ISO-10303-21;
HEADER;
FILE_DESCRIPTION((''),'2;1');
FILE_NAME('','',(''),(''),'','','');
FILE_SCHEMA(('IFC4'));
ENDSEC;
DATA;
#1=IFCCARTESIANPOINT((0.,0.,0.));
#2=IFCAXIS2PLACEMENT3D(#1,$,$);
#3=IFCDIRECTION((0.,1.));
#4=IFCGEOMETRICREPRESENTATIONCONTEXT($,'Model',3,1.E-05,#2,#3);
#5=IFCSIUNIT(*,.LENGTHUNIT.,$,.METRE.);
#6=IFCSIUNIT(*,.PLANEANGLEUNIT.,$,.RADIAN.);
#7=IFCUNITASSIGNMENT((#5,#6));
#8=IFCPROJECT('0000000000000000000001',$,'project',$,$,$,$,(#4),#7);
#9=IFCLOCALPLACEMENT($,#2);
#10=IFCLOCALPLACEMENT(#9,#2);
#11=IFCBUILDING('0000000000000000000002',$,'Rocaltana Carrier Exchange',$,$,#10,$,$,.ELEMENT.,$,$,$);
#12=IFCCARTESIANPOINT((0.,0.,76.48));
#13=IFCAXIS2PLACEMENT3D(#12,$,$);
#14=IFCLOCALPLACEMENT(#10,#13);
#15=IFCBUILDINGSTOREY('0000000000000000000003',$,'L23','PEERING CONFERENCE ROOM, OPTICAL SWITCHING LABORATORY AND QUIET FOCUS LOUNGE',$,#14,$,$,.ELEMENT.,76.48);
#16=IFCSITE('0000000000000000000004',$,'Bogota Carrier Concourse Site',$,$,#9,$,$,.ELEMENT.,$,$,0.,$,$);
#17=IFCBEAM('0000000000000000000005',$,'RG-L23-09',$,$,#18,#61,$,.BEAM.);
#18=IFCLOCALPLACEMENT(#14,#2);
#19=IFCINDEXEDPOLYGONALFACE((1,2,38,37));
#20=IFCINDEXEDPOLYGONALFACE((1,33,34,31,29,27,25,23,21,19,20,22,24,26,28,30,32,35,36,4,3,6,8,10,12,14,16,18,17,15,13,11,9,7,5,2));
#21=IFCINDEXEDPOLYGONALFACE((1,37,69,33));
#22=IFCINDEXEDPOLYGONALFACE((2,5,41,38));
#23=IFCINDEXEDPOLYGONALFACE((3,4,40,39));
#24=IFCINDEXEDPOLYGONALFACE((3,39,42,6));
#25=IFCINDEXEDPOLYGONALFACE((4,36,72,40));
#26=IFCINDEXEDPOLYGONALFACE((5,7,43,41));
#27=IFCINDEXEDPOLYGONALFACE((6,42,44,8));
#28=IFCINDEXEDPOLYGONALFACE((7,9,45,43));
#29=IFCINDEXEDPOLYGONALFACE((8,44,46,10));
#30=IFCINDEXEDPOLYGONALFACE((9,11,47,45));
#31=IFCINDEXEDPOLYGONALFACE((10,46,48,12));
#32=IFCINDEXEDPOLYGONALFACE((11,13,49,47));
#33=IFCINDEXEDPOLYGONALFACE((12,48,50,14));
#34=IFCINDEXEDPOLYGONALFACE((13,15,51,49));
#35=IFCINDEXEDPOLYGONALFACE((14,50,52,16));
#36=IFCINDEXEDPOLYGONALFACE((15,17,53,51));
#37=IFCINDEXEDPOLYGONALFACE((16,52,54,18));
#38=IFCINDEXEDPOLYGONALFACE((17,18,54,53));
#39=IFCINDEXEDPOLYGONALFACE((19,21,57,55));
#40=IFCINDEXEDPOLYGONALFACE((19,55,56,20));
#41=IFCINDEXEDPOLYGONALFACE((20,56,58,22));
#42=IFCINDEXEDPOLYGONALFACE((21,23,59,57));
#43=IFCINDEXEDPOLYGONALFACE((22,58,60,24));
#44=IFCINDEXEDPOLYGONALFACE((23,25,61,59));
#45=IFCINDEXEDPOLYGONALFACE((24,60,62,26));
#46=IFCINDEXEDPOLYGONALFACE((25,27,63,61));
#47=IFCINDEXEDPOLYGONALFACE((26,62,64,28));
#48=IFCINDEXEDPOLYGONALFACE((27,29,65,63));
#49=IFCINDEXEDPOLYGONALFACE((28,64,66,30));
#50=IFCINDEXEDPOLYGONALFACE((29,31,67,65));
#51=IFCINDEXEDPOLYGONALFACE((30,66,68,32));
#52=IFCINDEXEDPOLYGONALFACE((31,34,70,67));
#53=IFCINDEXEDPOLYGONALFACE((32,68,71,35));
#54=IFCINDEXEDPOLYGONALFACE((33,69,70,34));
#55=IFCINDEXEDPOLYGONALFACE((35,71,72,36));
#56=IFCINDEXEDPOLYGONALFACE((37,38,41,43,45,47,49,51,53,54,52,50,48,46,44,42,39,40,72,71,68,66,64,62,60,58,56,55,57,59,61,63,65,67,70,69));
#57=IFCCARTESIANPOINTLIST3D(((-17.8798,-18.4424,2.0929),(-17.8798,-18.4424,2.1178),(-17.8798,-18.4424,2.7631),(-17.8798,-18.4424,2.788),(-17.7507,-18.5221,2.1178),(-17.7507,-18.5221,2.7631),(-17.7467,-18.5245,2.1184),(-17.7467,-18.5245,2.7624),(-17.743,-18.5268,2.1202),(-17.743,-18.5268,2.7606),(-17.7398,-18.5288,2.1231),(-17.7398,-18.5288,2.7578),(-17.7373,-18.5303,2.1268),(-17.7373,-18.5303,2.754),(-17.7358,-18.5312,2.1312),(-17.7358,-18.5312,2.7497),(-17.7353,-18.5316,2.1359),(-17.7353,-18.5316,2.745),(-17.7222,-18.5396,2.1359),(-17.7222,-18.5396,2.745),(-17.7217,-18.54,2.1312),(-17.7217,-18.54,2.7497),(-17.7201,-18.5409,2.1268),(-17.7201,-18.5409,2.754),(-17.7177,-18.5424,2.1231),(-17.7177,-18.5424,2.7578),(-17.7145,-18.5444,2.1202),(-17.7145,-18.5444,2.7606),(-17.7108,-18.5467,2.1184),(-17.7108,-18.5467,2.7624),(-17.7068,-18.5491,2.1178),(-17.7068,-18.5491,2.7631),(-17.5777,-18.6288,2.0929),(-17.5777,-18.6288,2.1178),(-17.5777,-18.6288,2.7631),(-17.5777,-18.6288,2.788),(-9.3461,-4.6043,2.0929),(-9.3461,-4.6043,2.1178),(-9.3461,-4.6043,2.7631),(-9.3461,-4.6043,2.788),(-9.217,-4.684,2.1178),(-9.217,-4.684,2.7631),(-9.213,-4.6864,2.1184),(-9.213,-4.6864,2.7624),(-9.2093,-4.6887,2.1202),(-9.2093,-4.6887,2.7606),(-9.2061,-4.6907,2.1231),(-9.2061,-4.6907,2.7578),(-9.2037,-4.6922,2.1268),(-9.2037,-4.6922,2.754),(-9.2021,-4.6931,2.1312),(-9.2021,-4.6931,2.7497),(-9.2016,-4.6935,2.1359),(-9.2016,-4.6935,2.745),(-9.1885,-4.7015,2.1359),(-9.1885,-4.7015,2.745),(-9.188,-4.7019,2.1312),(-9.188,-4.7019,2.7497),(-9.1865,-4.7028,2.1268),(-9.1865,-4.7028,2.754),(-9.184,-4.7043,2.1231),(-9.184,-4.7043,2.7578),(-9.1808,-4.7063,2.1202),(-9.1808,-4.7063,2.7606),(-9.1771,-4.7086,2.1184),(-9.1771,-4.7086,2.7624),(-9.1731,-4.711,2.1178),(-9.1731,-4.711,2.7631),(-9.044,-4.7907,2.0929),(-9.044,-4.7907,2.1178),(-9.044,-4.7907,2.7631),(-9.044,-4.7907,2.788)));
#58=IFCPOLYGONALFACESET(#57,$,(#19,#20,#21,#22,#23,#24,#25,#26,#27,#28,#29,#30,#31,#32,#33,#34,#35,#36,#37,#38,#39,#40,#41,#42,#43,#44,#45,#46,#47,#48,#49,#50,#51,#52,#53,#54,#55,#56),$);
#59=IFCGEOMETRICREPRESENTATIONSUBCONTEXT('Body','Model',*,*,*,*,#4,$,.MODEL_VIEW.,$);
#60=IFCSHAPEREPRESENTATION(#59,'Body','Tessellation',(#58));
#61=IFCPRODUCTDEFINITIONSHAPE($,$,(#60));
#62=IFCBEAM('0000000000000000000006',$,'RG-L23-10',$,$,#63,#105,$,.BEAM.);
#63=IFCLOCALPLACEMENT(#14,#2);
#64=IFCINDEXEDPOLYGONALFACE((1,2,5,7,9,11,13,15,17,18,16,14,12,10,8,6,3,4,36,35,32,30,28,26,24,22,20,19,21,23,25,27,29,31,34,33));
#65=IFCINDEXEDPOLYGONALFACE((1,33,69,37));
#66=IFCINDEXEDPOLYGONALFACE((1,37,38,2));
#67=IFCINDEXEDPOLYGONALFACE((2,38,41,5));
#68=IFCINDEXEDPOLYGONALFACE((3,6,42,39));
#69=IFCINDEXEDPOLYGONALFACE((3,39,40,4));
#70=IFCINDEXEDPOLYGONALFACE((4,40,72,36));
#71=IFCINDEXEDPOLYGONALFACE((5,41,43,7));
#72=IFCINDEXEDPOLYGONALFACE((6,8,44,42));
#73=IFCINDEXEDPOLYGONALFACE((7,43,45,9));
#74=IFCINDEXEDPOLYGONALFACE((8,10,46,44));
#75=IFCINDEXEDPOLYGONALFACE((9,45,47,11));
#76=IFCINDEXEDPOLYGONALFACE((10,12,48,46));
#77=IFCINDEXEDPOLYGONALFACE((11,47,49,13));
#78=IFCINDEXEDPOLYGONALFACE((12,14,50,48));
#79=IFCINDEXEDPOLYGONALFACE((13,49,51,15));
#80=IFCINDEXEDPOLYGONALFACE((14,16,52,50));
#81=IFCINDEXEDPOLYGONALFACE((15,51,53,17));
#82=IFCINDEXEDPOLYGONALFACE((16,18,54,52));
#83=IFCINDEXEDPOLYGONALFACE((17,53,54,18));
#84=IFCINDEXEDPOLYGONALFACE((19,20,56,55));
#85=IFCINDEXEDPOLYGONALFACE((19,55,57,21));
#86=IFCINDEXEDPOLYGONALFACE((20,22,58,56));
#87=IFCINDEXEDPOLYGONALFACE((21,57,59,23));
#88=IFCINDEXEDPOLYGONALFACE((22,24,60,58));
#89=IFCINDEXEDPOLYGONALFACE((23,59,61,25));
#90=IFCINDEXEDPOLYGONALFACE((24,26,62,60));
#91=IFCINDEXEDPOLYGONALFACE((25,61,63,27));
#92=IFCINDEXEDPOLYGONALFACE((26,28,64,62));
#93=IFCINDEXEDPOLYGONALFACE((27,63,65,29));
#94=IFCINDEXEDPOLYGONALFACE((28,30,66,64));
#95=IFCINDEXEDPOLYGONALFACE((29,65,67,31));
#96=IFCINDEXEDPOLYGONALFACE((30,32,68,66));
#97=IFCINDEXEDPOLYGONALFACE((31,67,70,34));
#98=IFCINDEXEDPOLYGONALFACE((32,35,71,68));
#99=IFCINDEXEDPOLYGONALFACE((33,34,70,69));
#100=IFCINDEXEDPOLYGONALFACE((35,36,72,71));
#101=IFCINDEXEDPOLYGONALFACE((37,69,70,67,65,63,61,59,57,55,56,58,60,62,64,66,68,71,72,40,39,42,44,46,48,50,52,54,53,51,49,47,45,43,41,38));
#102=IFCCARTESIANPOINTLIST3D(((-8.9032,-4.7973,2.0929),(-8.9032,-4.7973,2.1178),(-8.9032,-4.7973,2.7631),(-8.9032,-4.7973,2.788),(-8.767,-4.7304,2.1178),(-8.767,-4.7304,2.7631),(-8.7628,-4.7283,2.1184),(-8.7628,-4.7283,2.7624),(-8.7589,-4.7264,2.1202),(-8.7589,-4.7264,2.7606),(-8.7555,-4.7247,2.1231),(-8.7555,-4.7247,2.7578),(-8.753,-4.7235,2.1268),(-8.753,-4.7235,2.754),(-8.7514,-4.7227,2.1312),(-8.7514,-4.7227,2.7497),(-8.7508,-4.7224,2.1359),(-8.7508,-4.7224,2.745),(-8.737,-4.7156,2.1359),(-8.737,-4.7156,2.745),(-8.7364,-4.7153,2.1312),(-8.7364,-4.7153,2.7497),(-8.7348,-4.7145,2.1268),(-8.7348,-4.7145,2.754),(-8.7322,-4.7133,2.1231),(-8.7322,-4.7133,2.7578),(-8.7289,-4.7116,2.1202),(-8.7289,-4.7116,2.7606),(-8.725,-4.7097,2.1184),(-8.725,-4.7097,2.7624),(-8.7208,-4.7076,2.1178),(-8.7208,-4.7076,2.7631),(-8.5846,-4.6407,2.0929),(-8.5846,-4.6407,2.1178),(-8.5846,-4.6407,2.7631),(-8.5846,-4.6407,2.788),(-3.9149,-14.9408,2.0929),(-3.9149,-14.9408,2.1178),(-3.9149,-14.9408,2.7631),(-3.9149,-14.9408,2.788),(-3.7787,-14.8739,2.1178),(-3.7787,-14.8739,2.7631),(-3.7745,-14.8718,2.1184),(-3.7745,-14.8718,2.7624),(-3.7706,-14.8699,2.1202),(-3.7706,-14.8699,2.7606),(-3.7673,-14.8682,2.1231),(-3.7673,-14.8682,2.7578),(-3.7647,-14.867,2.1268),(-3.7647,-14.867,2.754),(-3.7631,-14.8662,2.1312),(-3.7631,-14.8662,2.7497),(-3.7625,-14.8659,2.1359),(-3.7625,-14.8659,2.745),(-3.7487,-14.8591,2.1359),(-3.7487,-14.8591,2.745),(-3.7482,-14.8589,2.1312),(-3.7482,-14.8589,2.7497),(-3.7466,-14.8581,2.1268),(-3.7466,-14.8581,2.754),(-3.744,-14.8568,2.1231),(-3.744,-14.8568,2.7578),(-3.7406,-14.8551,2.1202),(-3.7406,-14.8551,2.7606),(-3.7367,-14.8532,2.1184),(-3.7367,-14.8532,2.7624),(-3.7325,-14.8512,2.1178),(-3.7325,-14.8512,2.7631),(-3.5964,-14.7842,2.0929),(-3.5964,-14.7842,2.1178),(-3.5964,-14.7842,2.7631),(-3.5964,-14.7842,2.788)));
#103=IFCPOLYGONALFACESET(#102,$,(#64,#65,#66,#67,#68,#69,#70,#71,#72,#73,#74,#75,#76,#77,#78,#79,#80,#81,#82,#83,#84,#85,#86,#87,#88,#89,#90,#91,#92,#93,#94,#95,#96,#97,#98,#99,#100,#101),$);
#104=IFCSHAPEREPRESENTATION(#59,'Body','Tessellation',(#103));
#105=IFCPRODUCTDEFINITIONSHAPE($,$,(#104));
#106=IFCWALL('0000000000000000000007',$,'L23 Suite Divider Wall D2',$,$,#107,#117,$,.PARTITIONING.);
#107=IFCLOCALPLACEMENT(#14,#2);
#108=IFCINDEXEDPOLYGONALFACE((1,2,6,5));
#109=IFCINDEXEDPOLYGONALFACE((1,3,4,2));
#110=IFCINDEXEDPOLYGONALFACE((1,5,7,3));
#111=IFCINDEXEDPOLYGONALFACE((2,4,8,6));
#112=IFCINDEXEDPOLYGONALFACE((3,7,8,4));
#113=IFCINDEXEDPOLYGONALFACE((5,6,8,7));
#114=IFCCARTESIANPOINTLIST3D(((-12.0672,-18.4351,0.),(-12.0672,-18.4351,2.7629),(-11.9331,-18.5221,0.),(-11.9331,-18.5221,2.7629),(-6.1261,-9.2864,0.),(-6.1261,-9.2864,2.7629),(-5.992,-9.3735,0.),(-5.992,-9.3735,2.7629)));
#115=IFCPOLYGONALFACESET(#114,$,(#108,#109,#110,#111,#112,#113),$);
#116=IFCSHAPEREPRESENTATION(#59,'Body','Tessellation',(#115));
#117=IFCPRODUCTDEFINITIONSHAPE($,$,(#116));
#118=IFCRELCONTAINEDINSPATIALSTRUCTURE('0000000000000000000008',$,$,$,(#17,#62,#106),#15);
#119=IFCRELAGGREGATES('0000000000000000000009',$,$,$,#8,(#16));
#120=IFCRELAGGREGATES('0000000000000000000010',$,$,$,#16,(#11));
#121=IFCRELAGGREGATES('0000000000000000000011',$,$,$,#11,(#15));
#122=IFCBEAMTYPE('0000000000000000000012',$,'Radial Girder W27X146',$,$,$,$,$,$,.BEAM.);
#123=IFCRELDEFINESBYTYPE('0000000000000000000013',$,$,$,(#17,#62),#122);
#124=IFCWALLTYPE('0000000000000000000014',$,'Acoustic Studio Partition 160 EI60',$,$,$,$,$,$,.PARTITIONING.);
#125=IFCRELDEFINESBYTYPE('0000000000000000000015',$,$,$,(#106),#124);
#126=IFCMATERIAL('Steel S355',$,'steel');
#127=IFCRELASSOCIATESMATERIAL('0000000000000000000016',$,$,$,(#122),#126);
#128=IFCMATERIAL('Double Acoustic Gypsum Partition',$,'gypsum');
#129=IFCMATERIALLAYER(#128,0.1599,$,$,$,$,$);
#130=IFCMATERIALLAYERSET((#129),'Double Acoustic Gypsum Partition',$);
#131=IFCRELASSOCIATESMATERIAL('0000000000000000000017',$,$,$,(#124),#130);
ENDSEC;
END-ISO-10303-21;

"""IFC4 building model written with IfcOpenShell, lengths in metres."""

from ifc_helpers import new_model, si_unit, direction, frame, frame_2d, origin, origin_2d, place, context, subcontext, project, spatial, rectangle, i_section, extrude, material, layer, layer_set, material_profile, profile_set, type_object, element, save


model = new_model("IFC4")

# Units and contexts
model_context = context("Model", 3, precision=1e-05, world=origin(), true_north=direction((0.0, 1.0)))
body_context = subcontext(model_context, "Body", "Model", "MODEL_VIEW")
ifc_project = project(units=[si_unit("LENGTHUNIT", "METRE"), si_unit("PLANEANGLEUNIT", "RADIAN")], contexts=[model_context])

# Site, building, storey
site_placement = place(None, origin())
site = spatial("IfcSite", under=ifc_project, at=site_placement, Name="Bogota Carrier Concourse Site", CompositionType="ELEMENT", RefElevation=0.0)
building_placement = place(site_placement, origin())
building = spatial("IfcBuilding", under=site, at=building_placement, Name="Rocaltana Carrier Exchange", CompositionType="ELEMENT")
storey_placement = place(building_placement, frame((0.0, 0.0, 76.48)))
storey = spatial("IfcBuildingStorey", under=building, at=storey_placement, Name="L23", Description="PEERING CONFERENCE ROOM, OPTICAL SWITCHING LABORATORY AND QUIET FOCUS LOUNGE", CompositionType="ELEMENT", Elevation=76.48)

# Beams
ifc_material_1 = material(Name="Steel S355", Category="steel")
ifc_material_profile_1 = material_profile(ifc_material_1, i_section(OverallWidth=0.355, OverallDepth=0.6951, WebThickness=0.0154, FlangeThickness=0.0249, FilletRadius=0.0181, at=origin_2d()), Name="W27X146")
ifc_profile_set_1 = profile_set([ifc_material_profile_1], Name="Steel S355")
beam_type = type_object("IfcBeamType", Name="Radial Girder W27X146", PredefinedType="BEAM", material=ifc_profile_set_1)
beam_1_placement = place(storey_placement, frame((-9.1951, -4.6975, 2.4404), z_axis=(-0.524896, -0.851166, 0.0), x_axis=(0.851166, -0.524896, 0.0)))
element("IfcBeam", 1, at=beam_1_placement, inside=storey, type_object=beam_type, Name="RG-L23-09", PredefinedType="BEAM", context=body_context, shape_type="SweptSolid", body=[
    extrude(i_section(OverallWidth=0.355, OverallDepth=0.6951, WebThickness=0.0154, FlangeThickness=0.0249, FilletRadius=0.0181, at=origin_2d()), origin(), (0.0, 0.0, 1.0), 16.2578),
])
beam_2_placement = place(storey_placement, frame((-8.7439, -4.719, 2.4404), z_axis=(0.441295, -0.897362, 0.0), x_axis=(0.897362, 0.441295, 0.0)))
element("IfcBeam", 2, at=beam_2_placement, inside=storey, type_object=beam_type, Name="RG-L23-10", PredefinedType="BEAM", context=body_context, shape_type="SweptSolid", body=[
    extrude(i_section(OverallWidth=0.355, OverallDepth=0.6951, WebThickness=0.0154, FlangeThickness=0.0249, FilletRadius=0.0181, at=origin_2d()), origin(), (0.0, 0.0, 1.0), 11.3037),
])

# Wall
ifc_material_2 = material(Name="Double Acoustic Gypsum Partition", Category="gypsum")
ifc_layer_1 = layer(ifc_material_2, 0.1599)
ifc_layer_set_1 = layer_set([ifc_layer_1], Name="Double Acoustic Gypsum Partition")
wall_type_1 = type_object("IfcWallType", Name="Acoustic Studio Partition 160 EI60", PredefinedType="PARTITIONING", material=ifc_layer_set_1)
wall_1_placement = place(storey_placement, frame((-6.0591, -9.3301, 0.0), z_axis=(0.0, 0.0, 1.0), x_axis=(-0.544635, -0.838673, 0.0)))
element("IfcWall", 3, at=wall_1_placement, inside=storey, type_object=wall_type_1, Name="L23 Suite Divider Wall D2", PredefinedType="PARTITIONING", context=body_context, shape_type="SweptSolid", body=[
    extrude(rectangle(XDim=10.9084, YDim=0.1599, at=frame_2d((5.4541, 0.0))), origin(), (0.0, 0.0, 1.0), 2.7629),
])

save(model, "model.ifc")
